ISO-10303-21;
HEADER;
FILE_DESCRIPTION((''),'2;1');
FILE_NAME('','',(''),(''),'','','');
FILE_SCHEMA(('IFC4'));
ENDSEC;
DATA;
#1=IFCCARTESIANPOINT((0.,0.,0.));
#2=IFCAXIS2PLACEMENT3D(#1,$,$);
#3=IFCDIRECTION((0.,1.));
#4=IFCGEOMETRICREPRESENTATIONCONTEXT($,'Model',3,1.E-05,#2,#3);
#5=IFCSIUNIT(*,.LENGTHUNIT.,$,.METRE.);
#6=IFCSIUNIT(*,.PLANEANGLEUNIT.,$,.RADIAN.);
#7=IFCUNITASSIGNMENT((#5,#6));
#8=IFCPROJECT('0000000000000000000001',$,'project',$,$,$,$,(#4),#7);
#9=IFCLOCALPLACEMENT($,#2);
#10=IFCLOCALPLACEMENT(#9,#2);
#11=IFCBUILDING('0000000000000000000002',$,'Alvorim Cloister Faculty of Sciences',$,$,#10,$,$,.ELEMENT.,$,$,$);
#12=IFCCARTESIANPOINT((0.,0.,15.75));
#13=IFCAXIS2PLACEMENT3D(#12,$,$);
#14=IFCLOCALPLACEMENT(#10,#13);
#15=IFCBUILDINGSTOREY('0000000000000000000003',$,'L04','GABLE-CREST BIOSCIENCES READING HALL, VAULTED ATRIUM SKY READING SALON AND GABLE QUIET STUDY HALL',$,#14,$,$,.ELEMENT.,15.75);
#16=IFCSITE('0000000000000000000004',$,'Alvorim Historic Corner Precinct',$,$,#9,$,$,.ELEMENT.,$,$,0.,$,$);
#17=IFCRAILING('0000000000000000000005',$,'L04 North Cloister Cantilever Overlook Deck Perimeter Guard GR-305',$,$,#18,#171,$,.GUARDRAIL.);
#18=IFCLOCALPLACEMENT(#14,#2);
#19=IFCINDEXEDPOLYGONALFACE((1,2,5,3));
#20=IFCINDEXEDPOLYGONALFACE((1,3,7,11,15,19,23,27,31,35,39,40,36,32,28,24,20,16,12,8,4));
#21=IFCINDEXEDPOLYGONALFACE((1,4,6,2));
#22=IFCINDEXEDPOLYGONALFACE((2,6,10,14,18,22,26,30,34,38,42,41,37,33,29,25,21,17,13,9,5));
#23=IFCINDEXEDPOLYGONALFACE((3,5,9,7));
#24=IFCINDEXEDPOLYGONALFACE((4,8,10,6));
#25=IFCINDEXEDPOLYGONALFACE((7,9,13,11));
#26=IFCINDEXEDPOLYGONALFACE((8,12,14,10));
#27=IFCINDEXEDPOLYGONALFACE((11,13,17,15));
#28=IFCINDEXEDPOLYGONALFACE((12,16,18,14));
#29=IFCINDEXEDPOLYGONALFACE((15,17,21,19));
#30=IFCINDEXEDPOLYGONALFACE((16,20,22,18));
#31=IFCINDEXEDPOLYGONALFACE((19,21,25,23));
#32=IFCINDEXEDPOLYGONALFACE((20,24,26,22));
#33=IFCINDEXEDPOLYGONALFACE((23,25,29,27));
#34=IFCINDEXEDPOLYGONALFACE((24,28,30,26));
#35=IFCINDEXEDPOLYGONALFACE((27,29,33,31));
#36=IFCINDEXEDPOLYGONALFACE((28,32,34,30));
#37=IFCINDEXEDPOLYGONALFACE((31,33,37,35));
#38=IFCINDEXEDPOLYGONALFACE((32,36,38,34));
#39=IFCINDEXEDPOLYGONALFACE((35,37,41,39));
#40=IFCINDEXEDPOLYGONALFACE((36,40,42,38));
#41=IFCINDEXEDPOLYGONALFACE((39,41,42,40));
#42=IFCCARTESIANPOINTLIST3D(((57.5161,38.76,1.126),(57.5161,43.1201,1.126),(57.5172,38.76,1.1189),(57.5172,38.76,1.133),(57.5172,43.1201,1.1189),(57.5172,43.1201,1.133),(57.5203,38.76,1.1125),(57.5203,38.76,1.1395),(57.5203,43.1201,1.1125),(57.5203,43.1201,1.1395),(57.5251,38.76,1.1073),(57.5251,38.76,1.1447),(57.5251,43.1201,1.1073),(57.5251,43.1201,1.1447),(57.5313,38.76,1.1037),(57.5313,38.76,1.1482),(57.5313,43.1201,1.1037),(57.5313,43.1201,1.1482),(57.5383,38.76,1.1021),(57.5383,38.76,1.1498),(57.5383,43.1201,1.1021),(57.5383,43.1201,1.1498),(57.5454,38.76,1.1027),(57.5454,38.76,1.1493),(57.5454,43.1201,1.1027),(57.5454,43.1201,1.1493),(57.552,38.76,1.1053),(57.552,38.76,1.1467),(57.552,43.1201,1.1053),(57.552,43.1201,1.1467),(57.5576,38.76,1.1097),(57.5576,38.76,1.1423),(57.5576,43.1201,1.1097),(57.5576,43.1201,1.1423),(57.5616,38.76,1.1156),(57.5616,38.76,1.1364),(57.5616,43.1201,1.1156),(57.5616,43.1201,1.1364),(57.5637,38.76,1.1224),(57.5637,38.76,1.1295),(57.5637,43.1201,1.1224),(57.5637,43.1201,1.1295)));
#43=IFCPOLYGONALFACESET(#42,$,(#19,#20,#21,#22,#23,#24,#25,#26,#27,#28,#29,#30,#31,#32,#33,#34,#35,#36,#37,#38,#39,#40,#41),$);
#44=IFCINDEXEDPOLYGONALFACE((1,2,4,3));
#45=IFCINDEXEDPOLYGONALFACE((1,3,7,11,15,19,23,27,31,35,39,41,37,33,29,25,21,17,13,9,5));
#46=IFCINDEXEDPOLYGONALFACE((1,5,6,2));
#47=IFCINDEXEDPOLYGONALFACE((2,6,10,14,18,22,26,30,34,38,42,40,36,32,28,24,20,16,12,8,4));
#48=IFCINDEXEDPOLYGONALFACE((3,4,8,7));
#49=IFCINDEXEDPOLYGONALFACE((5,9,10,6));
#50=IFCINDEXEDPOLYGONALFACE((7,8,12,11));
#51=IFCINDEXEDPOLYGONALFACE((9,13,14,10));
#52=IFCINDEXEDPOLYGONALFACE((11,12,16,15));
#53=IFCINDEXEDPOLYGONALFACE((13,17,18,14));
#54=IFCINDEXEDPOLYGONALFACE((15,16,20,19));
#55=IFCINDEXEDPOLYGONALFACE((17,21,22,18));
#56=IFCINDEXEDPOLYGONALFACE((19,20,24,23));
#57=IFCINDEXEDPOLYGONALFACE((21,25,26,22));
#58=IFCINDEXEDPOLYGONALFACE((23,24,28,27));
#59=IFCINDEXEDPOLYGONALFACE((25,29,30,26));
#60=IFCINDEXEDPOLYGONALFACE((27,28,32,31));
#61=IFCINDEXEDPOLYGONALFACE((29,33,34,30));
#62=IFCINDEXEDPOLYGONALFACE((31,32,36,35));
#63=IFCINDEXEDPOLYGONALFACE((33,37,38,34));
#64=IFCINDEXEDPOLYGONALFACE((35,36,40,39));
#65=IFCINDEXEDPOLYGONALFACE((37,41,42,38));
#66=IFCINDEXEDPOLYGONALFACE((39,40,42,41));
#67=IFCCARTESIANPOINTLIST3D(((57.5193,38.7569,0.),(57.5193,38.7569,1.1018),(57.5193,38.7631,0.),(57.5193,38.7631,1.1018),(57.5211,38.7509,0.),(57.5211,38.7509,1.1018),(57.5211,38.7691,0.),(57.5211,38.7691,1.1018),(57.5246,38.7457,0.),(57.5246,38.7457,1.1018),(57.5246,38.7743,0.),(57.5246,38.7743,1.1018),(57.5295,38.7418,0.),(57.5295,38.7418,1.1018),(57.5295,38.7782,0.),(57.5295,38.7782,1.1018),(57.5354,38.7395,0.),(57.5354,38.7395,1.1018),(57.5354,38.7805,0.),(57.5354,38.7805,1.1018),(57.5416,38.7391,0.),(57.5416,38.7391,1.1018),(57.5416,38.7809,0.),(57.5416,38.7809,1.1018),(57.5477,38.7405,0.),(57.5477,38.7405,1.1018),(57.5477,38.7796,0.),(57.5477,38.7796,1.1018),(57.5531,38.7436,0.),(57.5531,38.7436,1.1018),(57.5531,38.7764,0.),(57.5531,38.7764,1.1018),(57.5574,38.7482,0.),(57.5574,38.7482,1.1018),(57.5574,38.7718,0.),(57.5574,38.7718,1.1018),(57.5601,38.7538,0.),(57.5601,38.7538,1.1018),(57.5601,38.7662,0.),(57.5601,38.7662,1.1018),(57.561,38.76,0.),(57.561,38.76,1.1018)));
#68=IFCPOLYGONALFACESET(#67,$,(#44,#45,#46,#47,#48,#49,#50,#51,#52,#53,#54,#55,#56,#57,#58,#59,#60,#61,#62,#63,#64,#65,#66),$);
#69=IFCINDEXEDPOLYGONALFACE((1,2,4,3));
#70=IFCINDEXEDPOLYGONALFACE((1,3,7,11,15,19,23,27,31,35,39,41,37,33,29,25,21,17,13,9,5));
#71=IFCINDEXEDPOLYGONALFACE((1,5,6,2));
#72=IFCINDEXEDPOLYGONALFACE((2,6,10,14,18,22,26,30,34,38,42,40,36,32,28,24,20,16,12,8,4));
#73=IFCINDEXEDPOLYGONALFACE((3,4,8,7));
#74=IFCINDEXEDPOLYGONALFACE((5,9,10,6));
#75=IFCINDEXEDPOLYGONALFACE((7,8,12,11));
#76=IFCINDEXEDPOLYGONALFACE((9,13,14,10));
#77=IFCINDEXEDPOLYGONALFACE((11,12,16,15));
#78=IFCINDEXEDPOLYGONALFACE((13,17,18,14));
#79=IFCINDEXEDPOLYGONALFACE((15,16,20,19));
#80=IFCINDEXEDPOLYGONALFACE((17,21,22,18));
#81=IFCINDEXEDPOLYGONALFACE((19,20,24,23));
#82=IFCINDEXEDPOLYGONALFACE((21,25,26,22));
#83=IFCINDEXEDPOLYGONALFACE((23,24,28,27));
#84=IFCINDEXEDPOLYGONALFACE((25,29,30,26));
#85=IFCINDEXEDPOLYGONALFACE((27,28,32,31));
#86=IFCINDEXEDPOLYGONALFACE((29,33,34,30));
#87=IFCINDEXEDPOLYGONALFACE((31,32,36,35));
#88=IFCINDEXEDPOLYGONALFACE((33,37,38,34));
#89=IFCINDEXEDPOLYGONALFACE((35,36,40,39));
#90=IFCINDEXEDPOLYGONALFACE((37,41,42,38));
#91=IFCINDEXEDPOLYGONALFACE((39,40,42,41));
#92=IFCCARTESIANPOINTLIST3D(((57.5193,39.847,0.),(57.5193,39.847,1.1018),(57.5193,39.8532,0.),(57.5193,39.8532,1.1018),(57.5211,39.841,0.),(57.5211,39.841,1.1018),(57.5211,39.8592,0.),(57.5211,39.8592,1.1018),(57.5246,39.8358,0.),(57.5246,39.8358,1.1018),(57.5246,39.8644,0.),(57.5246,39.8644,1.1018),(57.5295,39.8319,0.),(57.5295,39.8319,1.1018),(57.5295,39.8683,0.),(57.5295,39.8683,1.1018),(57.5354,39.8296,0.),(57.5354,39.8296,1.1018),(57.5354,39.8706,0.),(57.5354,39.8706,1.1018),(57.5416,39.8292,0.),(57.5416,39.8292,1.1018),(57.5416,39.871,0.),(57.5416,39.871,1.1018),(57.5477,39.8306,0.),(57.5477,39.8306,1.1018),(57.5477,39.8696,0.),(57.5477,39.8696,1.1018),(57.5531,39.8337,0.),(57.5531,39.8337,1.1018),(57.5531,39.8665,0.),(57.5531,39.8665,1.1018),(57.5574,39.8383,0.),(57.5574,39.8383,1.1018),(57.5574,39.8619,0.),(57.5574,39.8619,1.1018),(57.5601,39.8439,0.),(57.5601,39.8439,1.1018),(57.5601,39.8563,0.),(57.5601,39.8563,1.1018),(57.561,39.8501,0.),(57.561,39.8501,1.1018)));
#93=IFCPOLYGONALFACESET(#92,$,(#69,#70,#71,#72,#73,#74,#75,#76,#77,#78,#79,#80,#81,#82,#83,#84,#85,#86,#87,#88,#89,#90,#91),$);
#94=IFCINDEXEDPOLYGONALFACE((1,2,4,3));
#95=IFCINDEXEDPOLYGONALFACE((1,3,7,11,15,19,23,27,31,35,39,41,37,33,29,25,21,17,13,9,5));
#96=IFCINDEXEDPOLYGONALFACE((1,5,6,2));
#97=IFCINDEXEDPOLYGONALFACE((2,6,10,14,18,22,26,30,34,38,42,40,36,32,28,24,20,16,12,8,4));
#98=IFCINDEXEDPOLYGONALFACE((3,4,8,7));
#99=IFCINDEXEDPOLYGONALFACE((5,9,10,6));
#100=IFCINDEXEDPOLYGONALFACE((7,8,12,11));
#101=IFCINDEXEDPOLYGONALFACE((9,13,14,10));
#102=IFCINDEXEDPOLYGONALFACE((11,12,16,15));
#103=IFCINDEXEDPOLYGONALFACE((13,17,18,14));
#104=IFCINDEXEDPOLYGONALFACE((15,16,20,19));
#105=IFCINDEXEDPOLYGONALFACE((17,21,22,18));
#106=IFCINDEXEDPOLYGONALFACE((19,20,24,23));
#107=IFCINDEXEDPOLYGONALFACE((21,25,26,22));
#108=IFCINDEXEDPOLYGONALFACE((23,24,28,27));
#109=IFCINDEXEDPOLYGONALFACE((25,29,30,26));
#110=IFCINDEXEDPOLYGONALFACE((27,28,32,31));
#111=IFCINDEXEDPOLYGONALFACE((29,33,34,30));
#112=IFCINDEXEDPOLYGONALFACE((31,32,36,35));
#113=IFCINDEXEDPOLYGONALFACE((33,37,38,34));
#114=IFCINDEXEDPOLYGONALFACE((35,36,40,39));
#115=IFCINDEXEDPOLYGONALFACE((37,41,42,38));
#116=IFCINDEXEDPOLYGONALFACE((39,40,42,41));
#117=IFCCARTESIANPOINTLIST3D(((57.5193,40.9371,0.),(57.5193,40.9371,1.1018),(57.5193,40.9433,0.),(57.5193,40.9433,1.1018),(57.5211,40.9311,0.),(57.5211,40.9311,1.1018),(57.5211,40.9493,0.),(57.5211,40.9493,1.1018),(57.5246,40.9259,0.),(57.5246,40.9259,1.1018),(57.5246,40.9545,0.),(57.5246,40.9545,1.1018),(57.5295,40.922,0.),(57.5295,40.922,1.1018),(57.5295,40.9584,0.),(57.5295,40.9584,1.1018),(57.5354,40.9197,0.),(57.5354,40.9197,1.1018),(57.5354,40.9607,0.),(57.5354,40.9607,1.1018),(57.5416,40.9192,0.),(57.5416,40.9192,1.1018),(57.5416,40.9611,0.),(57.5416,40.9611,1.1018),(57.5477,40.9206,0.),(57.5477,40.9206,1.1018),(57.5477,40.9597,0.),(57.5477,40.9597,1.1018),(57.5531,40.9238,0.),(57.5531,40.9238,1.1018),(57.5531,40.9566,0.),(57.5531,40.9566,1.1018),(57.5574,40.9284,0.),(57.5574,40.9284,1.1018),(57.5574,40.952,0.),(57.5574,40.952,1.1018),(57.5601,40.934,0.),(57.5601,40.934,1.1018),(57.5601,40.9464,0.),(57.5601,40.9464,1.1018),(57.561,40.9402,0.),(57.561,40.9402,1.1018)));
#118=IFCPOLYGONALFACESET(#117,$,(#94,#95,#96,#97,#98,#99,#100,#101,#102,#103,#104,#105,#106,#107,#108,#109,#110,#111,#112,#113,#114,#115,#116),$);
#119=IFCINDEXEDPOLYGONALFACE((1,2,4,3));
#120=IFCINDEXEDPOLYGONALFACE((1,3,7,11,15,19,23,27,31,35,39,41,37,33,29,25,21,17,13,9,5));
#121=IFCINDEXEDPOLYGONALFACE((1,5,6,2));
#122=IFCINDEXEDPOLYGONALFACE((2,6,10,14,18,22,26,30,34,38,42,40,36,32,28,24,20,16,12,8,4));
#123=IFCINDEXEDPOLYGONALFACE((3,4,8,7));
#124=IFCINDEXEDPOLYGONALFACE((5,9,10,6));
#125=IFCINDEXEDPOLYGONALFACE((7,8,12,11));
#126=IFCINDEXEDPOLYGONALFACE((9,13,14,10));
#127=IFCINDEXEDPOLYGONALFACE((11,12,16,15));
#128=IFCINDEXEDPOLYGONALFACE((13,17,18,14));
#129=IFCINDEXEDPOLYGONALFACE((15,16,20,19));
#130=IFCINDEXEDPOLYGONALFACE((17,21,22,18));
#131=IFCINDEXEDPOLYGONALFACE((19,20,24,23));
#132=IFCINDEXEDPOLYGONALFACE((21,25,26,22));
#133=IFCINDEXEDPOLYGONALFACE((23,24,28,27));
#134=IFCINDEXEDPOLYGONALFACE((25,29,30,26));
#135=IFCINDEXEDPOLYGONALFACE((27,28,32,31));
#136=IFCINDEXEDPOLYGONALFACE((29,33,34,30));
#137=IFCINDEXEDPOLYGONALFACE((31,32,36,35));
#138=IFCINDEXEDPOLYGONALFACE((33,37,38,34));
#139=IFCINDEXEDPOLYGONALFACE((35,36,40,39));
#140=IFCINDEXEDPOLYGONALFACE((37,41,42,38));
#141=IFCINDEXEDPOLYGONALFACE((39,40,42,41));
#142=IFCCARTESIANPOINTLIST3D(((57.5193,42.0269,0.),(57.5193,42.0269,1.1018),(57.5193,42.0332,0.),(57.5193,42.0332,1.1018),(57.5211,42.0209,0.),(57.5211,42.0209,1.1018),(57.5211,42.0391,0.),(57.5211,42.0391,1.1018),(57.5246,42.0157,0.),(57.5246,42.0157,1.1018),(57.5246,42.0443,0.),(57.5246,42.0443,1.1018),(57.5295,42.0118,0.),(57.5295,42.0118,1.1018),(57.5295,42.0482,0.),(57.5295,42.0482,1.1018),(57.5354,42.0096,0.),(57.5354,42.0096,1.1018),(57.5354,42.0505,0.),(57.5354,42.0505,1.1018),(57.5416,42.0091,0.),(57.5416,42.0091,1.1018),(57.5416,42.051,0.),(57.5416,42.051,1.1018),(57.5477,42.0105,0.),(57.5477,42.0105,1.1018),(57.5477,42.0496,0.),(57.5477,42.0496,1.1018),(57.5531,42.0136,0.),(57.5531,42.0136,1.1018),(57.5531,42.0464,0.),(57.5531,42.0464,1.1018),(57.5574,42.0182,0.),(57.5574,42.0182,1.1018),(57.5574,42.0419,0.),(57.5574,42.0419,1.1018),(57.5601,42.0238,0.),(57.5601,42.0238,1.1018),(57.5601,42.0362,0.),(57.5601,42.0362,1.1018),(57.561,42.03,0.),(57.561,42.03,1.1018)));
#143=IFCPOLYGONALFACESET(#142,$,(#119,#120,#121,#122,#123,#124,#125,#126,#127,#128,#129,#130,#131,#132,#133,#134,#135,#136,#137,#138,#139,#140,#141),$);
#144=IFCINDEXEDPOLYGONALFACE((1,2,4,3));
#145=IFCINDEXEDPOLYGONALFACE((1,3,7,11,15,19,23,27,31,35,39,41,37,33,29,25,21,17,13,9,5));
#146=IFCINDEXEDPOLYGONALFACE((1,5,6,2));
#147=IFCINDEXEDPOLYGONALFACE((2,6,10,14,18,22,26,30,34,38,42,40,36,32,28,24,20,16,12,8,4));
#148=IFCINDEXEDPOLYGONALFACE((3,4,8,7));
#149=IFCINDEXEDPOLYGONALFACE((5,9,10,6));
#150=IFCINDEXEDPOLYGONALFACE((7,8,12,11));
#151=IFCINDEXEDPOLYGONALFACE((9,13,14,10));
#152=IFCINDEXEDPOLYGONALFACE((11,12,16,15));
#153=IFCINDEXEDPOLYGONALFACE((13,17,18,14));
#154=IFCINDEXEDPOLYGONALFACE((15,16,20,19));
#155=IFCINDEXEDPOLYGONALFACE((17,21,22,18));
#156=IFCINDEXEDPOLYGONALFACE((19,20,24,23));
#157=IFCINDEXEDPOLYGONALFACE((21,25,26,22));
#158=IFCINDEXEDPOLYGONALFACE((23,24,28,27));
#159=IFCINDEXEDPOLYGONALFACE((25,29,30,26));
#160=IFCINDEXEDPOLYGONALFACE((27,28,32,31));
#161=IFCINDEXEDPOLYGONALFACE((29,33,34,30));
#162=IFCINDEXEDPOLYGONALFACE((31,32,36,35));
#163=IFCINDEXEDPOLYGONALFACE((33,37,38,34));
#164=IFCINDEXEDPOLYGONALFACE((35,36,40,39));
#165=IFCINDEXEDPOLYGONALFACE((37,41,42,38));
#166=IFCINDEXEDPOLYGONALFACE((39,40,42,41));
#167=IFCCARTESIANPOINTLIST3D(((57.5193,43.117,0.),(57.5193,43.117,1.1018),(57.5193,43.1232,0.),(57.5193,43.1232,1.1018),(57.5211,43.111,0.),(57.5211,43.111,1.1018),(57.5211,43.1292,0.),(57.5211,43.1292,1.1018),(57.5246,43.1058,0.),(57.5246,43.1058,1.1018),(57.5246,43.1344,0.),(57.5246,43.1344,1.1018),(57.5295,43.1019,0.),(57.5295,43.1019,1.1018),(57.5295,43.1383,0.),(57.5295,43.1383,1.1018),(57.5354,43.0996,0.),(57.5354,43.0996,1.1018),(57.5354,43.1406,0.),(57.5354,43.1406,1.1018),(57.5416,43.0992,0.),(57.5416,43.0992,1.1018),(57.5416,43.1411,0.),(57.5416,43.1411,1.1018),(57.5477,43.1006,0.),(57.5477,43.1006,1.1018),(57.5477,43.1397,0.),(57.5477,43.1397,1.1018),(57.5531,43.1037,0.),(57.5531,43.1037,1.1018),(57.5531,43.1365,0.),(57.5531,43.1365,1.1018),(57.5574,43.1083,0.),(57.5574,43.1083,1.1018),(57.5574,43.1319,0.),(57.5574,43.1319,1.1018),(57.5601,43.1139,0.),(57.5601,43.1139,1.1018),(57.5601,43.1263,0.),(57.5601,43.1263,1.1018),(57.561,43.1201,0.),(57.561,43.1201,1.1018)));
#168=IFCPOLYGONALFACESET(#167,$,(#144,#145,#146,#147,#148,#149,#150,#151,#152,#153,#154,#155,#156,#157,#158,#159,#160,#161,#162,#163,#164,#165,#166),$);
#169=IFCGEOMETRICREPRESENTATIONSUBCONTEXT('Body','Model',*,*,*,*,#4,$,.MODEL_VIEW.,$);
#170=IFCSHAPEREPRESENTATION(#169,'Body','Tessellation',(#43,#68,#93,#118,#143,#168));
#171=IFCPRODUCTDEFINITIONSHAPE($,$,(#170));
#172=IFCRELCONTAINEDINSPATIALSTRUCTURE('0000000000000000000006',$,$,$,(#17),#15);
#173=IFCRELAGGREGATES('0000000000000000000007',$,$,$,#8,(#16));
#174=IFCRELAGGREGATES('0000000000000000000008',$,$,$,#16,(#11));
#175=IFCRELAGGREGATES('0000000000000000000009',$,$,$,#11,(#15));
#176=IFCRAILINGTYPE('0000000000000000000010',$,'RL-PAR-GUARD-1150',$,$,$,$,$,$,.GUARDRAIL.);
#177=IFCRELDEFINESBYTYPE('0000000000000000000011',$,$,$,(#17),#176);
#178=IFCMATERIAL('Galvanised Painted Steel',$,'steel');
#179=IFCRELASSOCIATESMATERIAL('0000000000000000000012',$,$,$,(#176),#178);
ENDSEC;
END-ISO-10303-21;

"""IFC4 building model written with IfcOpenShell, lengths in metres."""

from ifc_helpers import new_model, si_unit, direction, frame, origin, origin_2d, place, context, subcontext, project, spatial, circle, extrude, material, type_object, element, save


model = new_model("IFC4")

# Units and contexts
model_context = context("Model", 3, precision=1e-05, world=origin(), true_north=direction((0.0, 1.0)))
body_context = subcontext(model_context, "Body", "Model", "MODEL_VIEW")
ifc_project = project(units=[si_unit("LENGTHUNIT", "METRE"), si_unit("PLANEANGLEUNIT", "RADIAN")], contexts=[model_context])

# Site, building, storey
site_placement = place(None, origin())
site = spatial("IfcSite", under=ifc_project, at=site_placement, Name="Alvorim Historic Corner Precinct", CompositionType="ELEMENT", RefElevation=0.0)
building_placement = place(site_placement, origin())
building = spatial("IfcBuilding", under=site, at=building_placement, Name="Alvorim Cloister Faculty of Sciences", CompositionType="ELEMENT")
storey_placement = place(building_placement, frame((0.0, 0.0, 15.75)))
storey = spatial("IfcBuildingStorey", under=building, at=storey_placement, Name="L04", Description="GABLE-CREST BIOSCIENCES READING HALL, VAULTED ATRIUM SKY READING SALON AND GABLE QUIET STUDY HALL", CompositionType="ELEMENT", Elevation=15.75)

# Railing
ifc_material_1 = material(Name="Galvanised Painted Steel", Category="steel")
railing_type_1 = type_object("IfcRailingType", Name="RL-PAR-GUARD-1150", PredefinedType="GUARDRAIL", material=ifc_material_1)
railing_1_placement = place(storey_placement, frame((57.54, 38.76, 0.0)))
element("IfcRailing", 1, at=railing_1_placement, inside=storey, type_object=railing_type_1, Name="L04 North Cloister Cantilever Overlook Deck Perimeter Guard GR-305", PredefinedType="GUARDRAIL", context=body_context, shape_type="SweptSolid", body=[
    extrude(circle(Radius=0.0239, at=origin_2d()), frame((0.0, 0.0, 1.126), z_axis=(0.0, 1.0, 0.0), x_axis=(-1.0, 0.0, 0.0)), (0.0, 0.0, 1.0), 4.3601),
    extrude(circle(Radius=0.021, at=origin_2d()), origin(), (0.0, 0.0, 1.0), 1.1018),
    extrude(circle(Radius=0.021, at=origin_2d()), frame((0.0, 1.0901, 0.0)), (0.0, 0.0, 1.0), 1.1018),
    extrude(circle(Radius=0.021, at=origin_2d()), frame((0.0, 2.1802, 0.0)), (0.0, 0.0, 1.0), 1.1018),
    extrude(circle(Radius=0.021, at=origin_2d()), frame((0.0, 3.27, 0.0)), (0.0, 0.0, 1.0), 1.1018),
    extrude(circle(Radius=0.021, at=origin_2d()), frame((0.0, 4.3601, 0.0)), (0.0, 0.0, 1.0), 1.1018),
])

save(model, "model.ifc")
